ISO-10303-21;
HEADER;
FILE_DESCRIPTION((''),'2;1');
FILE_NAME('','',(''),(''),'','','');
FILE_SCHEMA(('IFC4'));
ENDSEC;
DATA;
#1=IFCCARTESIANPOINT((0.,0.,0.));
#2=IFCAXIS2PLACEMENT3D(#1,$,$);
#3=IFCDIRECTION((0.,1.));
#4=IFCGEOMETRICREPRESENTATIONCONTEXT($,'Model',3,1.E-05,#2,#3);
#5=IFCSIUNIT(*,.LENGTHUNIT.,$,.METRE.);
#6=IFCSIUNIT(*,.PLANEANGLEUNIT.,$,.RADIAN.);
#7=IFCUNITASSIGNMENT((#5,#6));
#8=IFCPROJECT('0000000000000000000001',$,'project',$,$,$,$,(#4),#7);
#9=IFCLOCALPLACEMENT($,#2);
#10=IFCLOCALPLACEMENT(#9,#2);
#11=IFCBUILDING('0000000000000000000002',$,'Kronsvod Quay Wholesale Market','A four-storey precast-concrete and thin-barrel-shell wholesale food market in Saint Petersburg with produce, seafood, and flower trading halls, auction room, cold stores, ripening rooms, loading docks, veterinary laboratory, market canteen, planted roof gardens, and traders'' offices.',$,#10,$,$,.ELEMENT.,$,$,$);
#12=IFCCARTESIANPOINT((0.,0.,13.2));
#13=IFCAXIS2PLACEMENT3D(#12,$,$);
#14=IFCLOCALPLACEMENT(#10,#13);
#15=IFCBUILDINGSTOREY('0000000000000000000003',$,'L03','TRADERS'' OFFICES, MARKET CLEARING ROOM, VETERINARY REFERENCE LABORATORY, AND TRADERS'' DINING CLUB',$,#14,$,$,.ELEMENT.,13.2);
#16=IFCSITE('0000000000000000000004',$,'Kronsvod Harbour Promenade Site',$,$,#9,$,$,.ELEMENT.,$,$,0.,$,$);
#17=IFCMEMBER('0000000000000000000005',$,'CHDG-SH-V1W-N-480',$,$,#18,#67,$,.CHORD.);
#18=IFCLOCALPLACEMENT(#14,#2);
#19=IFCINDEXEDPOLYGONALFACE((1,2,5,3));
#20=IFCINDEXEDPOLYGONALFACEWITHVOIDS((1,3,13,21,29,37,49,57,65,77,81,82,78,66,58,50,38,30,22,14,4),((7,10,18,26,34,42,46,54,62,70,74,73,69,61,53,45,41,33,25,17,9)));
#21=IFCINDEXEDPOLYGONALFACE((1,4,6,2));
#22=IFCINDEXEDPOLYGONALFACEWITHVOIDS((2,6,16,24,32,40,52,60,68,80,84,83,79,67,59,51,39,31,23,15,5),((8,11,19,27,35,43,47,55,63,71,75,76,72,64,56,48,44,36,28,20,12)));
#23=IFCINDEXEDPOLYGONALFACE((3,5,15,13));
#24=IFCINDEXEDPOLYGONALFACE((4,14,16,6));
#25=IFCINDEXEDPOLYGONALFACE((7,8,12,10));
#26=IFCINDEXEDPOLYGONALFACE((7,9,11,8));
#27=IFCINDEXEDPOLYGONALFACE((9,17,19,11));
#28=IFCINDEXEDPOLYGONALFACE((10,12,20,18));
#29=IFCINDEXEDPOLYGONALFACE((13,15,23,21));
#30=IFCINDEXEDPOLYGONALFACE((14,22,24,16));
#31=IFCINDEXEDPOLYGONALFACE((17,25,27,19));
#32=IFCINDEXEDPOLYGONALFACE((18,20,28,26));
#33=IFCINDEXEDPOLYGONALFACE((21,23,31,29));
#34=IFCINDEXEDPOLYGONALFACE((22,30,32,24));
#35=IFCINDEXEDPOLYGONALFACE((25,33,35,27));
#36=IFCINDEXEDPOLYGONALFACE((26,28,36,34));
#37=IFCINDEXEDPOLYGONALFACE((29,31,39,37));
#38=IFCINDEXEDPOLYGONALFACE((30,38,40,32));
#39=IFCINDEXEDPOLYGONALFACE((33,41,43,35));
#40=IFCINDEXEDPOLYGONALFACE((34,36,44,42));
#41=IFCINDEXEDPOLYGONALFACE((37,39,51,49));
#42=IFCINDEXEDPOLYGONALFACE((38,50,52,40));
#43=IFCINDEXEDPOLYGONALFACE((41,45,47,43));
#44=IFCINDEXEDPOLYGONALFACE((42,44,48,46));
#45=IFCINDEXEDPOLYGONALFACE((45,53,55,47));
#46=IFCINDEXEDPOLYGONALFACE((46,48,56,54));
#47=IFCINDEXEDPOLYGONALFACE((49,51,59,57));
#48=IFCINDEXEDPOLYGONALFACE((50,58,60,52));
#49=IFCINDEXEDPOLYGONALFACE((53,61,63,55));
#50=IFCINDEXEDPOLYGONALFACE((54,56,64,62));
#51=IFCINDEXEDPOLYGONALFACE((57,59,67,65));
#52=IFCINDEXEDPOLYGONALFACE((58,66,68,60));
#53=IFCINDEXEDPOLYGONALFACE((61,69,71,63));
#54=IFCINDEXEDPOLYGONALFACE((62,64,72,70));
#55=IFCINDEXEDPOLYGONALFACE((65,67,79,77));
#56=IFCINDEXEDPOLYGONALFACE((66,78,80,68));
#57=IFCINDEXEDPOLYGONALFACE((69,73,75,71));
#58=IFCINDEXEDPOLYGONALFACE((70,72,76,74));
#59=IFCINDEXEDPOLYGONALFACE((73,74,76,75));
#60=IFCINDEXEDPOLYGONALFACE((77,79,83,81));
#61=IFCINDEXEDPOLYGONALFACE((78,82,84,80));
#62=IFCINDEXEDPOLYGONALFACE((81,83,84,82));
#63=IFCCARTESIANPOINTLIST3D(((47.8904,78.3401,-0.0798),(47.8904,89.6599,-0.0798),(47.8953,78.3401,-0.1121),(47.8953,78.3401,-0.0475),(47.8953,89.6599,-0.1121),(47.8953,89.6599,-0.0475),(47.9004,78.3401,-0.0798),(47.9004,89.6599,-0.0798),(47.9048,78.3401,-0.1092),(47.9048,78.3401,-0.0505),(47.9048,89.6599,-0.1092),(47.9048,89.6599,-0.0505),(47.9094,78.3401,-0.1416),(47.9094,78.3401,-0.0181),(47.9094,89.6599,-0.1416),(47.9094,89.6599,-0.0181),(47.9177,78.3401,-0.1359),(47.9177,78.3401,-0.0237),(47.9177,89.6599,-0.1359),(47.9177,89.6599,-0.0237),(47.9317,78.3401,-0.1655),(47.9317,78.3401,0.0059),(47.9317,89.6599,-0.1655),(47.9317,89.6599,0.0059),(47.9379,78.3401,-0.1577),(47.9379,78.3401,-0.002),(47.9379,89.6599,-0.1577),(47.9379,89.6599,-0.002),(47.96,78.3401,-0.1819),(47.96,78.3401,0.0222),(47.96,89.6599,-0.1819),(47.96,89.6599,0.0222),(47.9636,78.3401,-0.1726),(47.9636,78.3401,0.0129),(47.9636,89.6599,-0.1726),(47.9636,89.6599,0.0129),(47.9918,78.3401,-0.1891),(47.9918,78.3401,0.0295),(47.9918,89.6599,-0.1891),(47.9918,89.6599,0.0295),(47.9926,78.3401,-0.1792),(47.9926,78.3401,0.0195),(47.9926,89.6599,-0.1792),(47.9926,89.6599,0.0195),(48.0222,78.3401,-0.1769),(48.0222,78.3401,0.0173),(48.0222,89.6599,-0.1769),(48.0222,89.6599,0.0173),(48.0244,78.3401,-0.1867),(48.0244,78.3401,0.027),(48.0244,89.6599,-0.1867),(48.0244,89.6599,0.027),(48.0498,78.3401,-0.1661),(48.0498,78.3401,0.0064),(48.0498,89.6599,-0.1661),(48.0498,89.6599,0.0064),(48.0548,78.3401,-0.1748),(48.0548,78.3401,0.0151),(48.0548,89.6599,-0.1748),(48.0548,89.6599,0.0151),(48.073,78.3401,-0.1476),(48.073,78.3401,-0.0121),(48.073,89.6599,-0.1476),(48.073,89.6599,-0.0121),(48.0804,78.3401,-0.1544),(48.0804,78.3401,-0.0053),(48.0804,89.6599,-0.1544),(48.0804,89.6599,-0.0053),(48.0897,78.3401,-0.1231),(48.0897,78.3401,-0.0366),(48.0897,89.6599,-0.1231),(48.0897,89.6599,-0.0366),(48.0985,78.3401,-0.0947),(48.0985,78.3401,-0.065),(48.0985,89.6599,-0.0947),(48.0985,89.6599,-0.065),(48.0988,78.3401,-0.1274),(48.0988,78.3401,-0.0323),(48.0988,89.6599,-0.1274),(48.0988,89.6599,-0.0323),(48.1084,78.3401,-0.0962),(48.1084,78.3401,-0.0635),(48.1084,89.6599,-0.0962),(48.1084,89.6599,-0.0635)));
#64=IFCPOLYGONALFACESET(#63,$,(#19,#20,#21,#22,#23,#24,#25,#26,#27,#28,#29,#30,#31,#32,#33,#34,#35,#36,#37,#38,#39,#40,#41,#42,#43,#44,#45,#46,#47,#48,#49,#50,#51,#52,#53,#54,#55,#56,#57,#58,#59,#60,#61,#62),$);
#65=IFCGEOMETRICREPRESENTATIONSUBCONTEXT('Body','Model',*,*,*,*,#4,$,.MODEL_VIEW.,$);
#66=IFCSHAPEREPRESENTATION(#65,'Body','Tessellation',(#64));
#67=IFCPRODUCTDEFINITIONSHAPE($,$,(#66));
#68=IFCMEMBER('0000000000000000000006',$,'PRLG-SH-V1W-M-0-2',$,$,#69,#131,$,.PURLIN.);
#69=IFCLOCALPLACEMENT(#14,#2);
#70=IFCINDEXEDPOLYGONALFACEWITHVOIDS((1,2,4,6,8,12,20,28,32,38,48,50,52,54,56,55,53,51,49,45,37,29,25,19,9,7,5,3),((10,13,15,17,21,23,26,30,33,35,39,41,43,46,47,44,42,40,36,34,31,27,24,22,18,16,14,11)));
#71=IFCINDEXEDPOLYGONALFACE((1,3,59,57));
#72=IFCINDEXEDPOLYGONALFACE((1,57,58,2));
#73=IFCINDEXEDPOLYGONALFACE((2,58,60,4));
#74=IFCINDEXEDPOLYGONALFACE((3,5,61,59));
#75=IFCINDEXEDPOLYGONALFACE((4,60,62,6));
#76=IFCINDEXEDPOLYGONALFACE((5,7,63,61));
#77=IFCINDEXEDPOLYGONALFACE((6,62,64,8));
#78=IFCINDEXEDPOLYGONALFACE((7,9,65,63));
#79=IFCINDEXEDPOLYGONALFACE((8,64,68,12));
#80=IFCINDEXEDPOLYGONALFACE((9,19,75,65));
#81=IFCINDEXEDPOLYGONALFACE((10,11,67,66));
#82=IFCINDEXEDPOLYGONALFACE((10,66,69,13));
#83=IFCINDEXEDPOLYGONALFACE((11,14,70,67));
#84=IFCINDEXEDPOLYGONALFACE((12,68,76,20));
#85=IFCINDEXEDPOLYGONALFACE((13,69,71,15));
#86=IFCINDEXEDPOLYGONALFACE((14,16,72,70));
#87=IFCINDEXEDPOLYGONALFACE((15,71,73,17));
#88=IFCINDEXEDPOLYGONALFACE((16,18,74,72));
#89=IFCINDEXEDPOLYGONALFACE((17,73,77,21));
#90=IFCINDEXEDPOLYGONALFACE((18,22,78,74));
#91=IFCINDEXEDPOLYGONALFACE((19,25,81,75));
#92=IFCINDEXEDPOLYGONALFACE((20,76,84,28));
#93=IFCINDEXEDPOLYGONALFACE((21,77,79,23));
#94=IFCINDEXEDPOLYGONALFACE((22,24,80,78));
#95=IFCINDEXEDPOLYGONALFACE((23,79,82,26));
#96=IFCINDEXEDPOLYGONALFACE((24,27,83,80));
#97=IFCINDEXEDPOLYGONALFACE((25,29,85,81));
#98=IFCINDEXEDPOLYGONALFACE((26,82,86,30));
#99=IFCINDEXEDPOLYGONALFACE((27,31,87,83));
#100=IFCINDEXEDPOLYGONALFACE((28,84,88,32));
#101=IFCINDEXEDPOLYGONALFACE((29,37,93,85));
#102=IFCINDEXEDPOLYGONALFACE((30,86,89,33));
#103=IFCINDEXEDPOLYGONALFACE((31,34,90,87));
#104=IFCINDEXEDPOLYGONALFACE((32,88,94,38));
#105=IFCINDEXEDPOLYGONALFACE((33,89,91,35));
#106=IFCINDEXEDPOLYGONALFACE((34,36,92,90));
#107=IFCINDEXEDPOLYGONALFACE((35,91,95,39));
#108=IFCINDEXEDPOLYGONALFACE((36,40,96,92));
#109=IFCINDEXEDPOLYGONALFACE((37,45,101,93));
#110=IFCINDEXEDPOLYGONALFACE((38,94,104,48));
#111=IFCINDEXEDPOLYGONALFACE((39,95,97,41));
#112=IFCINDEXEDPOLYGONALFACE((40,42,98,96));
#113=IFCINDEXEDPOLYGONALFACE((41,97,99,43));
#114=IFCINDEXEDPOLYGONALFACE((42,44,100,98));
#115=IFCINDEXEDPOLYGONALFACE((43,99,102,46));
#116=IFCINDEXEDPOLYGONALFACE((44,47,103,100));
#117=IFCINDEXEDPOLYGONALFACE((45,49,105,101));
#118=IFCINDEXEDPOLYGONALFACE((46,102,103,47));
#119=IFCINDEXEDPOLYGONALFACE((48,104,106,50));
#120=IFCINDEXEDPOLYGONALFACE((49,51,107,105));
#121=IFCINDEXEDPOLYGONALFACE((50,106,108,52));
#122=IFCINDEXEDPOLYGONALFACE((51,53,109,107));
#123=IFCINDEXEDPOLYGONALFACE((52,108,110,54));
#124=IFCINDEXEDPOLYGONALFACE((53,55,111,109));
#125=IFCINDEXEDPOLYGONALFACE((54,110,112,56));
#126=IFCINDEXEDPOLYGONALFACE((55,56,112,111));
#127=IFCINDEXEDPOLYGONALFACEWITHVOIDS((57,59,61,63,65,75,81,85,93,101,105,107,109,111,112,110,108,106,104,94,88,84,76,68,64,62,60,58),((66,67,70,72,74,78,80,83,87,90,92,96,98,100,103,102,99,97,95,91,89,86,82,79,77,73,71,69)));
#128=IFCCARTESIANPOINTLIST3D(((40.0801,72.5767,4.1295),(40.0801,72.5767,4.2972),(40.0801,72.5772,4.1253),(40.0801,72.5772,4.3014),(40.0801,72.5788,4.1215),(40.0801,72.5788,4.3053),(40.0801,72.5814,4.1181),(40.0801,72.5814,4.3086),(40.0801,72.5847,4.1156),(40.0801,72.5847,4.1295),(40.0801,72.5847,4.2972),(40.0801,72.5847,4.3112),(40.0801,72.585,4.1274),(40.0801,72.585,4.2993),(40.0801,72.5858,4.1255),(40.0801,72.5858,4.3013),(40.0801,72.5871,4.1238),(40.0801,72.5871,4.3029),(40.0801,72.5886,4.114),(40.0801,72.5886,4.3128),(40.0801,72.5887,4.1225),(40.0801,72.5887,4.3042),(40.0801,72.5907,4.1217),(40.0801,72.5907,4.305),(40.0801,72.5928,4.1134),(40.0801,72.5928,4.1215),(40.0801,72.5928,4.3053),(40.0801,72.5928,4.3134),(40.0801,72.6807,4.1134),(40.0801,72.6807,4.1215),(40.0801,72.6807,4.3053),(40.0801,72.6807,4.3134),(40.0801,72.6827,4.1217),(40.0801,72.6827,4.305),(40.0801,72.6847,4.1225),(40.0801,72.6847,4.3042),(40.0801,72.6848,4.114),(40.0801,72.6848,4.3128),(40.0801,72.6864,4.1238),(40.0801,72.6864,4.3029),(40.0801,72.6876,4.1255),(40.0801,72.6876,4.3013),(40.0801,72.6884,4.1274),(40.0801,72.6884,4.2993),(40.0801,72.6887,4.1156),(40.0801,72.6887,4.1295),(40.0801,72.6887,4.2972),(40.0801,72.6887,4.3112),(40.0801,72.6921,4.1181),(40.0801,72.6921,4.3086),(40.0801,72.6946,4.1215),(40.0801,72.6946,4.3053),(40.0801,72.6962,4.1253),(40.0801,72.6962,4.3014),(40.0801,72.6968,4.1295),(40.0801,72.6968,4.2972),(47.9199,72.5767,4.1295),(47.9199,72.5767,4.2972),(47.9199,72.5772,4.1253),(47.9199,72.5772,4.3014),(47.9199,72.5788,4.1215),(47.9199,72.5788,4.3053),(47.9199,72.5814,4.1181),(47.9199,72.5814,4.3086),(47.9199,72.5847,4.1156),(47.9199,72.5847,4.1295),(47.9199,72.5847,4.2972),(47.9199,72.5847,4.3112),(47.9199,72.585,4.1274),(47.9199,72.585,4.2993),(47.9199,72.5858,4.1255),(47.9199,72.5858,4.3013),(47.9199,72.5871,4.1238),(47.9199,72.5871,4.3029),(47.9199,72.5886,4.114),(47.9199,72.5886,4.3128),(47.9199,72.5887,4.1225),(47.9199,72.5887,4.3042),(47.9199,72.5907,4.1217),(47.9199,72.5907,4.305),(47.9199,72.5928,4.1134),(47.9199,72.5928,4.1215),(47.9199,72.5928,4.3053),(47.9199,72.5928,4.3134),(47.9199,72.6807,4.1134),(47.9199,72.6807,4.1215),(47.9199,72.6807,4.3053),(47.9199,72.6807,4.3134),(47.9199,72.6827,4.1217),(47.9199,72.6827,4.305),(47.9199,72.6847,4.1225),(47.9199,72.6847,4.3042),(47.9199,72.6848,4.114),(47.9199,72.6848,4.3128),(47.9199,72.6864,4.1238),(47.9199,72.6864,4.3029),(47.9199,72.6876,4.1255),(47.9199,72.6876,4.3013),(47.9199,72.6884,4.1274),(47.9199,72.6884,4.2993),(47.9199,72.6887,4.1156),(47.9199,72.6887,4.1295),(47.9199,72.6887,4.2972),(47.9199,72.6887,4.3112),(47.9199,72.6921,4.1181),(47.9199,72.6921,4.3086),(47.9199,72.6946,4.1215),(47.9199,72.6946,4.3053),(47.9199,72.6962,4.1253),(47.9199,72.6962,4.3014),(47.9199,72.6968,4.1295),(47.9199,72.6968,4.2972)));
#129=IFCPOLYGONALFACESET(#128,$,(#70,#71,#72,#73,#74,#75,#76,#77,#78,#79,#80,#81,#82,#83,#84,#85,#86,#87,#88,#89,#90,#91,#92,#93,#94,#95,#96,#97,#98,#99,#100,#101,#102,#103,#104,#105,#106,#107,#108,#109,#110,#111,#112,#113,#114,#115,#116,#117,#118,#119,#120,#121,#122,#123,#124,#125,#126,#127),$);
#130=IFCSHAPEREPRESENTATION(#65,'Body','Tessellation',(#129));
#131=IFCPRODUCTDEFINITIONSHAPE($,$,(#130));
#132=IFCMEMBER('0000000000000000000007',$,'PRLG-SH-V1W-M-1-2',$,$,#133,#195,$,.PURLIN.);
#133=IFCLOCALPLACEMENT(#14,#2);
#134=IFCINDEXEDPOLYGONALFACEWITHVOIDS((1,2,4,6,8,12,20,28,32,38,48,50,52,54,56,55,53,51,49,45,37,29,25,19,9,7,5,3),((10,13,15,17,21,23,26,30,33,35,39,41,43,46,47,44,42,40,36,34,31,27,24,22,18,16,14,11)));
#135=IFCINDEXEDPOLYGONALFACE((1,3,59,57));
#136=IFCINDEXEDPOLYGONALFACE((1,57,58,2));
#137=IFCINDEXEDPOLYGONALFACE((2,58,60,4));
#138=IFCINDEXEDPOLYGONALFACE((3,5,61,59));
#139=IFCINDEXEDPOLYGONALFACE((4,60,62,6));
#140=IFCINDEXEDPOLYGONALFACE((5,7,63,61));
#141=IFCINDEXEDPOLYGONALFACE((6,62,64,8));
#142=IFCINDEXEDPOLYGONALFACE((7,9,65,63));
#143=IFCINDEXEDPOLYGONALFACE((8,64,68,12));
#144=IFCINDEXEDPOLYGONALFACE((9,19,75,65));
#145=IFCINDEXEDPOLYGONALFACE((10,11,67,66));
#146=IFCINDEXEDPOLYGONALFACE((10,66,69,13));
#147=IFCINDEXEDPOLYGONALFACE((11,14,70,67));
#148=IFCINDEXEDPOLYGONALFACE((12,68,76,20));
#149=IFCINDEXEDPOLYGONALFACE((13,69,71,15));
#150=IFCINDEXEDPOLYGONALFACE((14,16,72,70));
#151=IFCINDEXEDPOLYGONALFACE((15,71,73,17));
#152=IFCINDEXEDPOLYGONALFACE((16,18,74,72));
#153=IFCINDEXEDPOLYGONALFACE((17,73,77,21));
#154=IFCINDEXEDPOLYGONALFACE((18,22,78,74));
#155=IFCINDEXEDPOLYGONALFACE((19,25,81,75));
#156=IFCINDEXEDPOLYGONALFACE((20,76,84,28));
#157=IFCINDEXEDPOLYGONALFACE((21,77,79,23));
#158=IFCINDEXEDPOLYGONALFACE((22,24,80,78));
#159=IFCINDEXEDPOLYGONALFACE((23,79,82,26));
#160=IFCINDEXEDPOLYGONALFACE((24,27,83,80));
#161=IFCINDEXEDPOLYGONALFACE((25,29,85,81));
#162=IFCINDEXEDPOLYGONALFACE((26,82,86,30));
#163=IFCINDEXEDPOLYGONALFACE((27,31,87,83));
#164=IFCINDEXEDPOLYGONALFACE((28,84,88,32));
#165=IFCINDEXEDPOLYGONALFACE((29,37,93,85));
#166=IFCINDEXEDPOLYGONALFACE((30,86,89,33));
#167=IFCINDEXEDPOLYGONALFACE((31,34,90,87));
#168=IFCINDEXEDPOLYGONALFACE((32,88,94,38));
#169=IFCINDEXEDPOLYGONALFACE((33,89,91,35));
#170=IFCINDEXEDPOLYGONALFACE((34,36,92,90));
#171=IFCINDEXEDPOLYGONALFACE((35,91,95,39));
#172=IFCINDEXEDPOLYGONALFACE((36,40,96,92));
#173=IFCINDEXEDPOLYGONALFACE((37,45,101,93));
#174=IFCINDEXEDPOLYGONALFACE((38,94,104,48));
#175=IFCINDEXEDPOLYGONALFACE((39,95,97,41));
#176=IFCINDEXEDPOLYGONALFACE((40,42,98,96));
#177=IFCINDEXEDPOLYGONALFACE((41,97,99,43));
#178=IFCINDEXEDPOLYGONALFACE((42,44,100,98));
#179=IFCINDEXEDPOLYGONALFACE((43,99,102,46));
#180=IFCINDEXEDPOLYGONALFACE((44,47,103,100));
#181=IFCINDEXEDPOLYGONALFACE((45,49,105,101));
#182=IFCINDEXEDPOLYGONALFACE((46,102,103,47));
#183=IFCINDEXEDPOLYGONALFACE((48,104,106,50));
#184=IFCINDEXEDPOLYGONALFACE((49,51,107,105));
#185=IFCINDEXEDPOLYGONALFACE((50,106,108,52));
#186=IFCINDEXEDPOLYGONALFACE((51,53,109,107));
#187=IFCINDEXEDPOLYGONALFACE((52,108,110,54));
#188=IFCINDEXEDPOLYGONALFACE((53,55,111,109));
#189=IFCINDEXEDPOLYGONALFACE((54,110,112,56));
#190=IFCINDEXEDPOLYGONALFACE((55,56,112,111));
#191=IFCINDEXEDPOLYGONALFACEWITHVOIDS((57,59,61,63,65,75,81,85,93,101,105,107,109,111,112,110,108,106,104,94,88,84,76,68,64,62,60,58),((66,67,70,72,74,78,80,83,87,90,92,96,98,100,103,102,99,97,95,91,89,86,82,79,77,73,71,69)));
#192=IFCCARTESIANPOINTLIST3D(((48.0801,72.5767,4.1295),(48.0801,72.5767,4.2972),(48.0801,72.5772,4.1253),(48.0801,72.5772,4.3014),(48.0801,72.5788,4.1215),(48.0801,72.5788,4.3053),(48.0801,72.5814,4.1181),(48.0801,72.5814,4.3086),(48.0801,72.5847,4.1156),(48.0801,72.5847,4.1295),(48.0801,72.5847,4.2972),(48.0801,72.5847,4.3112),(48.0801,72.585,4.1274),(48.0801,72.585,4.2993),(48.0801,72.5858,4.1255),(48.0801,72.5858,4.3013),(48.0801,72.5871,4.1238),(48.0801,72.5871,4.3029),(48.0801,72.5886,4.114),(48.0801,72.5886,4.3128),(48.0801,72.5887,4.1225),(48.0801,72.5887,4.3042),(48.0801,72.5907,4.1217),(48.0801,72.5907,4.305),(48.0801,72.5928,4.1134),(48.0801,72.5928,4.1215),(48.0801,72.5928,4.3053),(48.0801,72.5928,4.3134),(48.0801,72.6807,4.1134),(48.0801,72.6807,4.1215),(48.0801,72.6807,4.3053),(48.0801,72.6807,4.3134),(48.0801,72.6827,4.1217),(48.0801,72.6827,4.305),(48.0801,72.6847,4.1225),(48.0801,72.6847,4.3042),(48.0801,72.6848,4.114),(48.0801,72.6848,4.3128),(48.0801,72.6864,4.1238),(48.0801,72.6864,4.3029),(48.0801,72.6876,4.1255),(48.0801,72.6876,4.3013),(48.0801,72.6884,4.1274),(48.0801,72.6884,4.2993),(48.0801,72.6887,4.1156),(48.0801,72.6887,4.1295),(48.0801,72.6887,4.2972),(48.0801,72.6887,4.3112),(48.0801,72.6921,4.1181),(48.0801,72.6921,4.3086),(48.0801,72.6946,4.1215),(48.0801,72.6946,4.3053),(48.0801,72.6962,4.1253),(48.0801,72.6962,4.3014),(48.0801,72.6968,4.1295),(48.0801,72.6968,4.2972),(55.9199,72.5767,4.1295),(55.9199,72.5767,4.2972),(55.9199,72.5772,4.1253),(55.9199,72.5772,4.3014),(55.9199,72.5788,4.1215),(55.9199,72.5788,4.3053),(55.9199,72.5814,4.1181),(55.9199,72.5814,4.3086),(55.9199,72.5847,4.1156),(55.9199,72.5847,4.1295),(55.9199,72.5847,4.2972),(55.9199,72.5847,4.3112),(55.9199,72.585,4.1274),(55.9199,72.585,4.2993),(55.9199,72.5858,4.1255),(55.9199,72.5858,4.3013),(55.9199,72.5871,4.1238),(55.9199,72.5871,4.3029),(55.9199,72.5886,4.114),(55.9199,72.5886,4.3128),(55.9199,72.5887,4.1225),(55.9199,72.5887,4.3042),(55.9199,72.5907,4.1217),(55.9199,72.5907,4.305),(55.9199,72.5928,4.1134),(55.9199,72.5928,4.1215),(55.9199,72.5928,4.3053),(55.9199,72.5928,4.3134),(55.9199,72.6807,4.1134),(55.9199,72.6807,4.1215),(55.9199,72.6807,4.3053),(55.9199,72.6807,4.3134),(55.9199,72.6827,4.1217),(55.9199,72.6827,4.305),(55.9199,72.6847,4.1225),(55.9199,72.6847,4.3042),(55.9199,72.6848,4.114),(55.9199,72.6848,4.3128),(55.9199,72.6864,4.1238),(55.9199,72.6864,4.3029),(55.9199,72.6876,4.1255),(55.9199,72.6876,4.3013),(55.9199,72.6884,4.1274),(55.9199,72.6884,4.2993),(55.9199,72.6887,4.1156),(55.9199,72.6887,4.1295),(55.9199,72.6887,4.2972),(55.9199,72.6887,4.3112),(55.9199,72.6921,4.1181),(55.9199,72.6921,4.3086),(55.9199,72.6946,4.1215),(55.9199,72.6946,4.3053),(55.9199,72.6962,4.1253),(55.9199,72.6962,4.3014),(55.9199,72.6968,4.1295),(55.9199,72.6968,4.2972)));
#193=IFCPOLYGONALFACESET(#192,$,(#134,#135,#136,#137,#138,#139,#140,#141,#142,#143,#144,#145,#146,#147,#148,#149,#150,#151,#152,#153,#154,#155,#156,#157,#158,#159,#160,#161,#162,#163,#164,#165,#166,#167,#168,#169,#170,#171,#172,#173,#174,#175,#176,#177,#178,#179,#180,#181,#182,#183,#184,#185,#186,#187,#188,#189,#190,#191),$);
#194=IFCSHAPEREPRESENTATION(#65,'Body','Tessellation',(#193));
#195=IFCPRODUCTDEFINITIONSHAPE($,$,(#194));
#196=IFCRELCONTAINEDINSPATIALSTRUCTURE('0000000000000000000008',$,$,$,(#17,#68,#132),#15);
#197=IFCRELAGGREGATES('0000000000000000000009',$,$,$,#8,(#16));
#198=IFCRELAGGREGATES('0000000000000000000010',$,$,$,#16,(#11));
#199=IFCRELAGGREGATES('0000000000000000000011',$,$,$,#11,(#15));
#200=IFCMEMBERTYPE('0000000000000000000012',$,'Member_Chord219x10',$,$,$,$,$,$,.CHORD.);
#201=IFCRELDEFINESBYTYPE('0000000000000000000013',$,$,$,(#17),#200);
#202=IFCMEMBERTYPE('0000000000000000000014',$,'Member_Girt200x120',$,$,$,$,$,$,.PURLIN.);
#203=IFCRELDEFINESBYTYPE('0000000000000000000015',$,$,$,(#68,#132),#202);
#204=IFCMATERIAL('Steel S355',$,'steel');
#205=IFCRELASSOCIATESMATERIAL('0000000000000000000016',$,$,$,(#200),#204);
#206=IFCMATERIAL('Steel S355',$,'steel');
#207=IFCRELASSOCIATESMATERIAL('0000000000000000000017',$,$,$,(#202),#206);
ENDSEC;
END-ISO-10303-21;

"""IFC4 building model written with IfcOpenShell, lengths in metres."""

from ifc_helpers import new_model, si_unit, direction, frame, origin, origin_2d, place, context, subcontext, project, spatial, hollow_rectangle, hollow_circle, extrude, material, material_profile, profile_set, type_object, element, save


model = new_model("IFC4")

# Units and contexts
model_context = context("Model", 3, precision=1e-05, world=origin(), true_north=direction((0.0, 1.0)))
body_context = subcontext(model_context, "Body", "Model", "MODEL_VIEW")
ifc_project = project(units=[si_unit("LENGTHUNIT", "METRE"), si_unit("PLANEANGLEUNIT", "RADIAN")], contexts=[model_context])

# Site, building, storey
site_placement = place(None, origin())
site = spatial("IfcSite", under=ifc_project, at=site_placement, Name="Kronsvod Harbour Promenade Site", CompositionType="ELEMENT", RefElevation=0.0)
building_placement = place(site_placement, origin())
building = spatial("IfcBuilding", under=site, at=building_placement, Name="Kronsvod Quay Wholesale Market", Description="A four-storey precast-concrete and thin-barrel-shell wholesale food market in Saint Petersburg with produce, seafood, and flower trading halls, auction room, cold stores, ripening rooms, loading docks, veterinary laboratory, market canteen, planted roof gardens, and traders' offices.", CompositionType="ELEMENT")
storey_placement = place(building_placement, frame((0.0, 0.0, 13.2)))
storey = spatial("IfcBuildingStorey", under=building, at=storey_placement, Name="L03", Description="TRADERS' OFFICES, MARKET CLEARING ROOM, VETERINARY REFERENCE LABORATORY, AND TRADERS' DINING CLUB", CompositionType="ELEMENT", Elevation=13.2)

# Members
ifc_material_1 = material(Name="Steel S355", Category="steel")
ifc_material_profile_1 = material_profile(ifc_material_1, hollow_circle(Radius=0.1096, WallThickness=0.01, at=origin_2d()), Name="CHS219x10")
ifc_profile_set_1 = profile_set([ifc_material_profile_1], Name="Steel S355")
member_type_1 = type_object("IfcMemberType", Name="Member_Chord219x10", PredefinedType="CHORD", material=ifc_profile_set_1)
for number, where, z_axis, x_axis, name in (
    (1, (48.0, 78.3401, -0.0798), (0.0, 1.0, 0.0), (-1.0, 0.0, 0.0), "CHDG-SH-V1W-N-480"),
):
    element("IfcMember", number, at=place(storey_placement, frame(where, z_axis=z_axis, x_axis=x_axis)), inside=storey, type_object=member_type_1, Name=name, PredefinedType="CHORD", context=body_context, shape_type="SweptSolid", body=[
        extrude(hollow_circle(Radius=0.1096, WallThickness=0.01, at=origin_2d()), origin(), (0.0, 0.0, 1.0), 11.3198),
    ])
ifc_material_2 = material(Name="Steel S355", Category="steel")
ifc_material_profile_2 = material_profile(ifc_material_2, hollow_rectangle(XDim=0.1201, YDim=0.2, WallThickness=0.0081, InnerFilletRadius=0.0081, OuterFilletRadius=0.0161, at=origin_2d()), Name="RHS200x120x8")
ifc_profile_set_2 = profile_set([ifc_material_profile_2], Name="Steel S355")
member_type_2 = type_object("IfcMemberType", Name="Member_Girt200x120", PredefinedType="PURLIN", material=ifc_profile_set_2)
for number, where, z_axis, x_axis, name in (
    (2, (40.0801, 72.6367, 4.2134), (1.0, 0.0, 0.0), (0.0, 1.0, 0.0), "PRLG-SH-V1W-M-0-2"),
    (3, (48.0801, 72.6367, 4.2134), (1.0, 0.0, 0.0), (0.0, 1.0, 0.0), "PRLG-SH-V1W-M-1-2"),
):
    element("IfcMember", number, at=place(storey_placement, frame(where, z_axis=z_axis, x_axis=x_axis)), inside=storey, type_object=member_type_2, Name=name, PredefinedType="PURLIN", context=body_context, shape_type="SweptSolid", body=[
        extrude(hollow_rectangle(XDim=0.1201, YDim=0.2, WallThickness=0.0081, InnerFilletRadius=0.0081, OuterFilletRadius=0.0161, at=origin_2d()), origin(), (0.0, 0.0, 1.0), 7.8398),
    ])

save(model, "model.ifc")
